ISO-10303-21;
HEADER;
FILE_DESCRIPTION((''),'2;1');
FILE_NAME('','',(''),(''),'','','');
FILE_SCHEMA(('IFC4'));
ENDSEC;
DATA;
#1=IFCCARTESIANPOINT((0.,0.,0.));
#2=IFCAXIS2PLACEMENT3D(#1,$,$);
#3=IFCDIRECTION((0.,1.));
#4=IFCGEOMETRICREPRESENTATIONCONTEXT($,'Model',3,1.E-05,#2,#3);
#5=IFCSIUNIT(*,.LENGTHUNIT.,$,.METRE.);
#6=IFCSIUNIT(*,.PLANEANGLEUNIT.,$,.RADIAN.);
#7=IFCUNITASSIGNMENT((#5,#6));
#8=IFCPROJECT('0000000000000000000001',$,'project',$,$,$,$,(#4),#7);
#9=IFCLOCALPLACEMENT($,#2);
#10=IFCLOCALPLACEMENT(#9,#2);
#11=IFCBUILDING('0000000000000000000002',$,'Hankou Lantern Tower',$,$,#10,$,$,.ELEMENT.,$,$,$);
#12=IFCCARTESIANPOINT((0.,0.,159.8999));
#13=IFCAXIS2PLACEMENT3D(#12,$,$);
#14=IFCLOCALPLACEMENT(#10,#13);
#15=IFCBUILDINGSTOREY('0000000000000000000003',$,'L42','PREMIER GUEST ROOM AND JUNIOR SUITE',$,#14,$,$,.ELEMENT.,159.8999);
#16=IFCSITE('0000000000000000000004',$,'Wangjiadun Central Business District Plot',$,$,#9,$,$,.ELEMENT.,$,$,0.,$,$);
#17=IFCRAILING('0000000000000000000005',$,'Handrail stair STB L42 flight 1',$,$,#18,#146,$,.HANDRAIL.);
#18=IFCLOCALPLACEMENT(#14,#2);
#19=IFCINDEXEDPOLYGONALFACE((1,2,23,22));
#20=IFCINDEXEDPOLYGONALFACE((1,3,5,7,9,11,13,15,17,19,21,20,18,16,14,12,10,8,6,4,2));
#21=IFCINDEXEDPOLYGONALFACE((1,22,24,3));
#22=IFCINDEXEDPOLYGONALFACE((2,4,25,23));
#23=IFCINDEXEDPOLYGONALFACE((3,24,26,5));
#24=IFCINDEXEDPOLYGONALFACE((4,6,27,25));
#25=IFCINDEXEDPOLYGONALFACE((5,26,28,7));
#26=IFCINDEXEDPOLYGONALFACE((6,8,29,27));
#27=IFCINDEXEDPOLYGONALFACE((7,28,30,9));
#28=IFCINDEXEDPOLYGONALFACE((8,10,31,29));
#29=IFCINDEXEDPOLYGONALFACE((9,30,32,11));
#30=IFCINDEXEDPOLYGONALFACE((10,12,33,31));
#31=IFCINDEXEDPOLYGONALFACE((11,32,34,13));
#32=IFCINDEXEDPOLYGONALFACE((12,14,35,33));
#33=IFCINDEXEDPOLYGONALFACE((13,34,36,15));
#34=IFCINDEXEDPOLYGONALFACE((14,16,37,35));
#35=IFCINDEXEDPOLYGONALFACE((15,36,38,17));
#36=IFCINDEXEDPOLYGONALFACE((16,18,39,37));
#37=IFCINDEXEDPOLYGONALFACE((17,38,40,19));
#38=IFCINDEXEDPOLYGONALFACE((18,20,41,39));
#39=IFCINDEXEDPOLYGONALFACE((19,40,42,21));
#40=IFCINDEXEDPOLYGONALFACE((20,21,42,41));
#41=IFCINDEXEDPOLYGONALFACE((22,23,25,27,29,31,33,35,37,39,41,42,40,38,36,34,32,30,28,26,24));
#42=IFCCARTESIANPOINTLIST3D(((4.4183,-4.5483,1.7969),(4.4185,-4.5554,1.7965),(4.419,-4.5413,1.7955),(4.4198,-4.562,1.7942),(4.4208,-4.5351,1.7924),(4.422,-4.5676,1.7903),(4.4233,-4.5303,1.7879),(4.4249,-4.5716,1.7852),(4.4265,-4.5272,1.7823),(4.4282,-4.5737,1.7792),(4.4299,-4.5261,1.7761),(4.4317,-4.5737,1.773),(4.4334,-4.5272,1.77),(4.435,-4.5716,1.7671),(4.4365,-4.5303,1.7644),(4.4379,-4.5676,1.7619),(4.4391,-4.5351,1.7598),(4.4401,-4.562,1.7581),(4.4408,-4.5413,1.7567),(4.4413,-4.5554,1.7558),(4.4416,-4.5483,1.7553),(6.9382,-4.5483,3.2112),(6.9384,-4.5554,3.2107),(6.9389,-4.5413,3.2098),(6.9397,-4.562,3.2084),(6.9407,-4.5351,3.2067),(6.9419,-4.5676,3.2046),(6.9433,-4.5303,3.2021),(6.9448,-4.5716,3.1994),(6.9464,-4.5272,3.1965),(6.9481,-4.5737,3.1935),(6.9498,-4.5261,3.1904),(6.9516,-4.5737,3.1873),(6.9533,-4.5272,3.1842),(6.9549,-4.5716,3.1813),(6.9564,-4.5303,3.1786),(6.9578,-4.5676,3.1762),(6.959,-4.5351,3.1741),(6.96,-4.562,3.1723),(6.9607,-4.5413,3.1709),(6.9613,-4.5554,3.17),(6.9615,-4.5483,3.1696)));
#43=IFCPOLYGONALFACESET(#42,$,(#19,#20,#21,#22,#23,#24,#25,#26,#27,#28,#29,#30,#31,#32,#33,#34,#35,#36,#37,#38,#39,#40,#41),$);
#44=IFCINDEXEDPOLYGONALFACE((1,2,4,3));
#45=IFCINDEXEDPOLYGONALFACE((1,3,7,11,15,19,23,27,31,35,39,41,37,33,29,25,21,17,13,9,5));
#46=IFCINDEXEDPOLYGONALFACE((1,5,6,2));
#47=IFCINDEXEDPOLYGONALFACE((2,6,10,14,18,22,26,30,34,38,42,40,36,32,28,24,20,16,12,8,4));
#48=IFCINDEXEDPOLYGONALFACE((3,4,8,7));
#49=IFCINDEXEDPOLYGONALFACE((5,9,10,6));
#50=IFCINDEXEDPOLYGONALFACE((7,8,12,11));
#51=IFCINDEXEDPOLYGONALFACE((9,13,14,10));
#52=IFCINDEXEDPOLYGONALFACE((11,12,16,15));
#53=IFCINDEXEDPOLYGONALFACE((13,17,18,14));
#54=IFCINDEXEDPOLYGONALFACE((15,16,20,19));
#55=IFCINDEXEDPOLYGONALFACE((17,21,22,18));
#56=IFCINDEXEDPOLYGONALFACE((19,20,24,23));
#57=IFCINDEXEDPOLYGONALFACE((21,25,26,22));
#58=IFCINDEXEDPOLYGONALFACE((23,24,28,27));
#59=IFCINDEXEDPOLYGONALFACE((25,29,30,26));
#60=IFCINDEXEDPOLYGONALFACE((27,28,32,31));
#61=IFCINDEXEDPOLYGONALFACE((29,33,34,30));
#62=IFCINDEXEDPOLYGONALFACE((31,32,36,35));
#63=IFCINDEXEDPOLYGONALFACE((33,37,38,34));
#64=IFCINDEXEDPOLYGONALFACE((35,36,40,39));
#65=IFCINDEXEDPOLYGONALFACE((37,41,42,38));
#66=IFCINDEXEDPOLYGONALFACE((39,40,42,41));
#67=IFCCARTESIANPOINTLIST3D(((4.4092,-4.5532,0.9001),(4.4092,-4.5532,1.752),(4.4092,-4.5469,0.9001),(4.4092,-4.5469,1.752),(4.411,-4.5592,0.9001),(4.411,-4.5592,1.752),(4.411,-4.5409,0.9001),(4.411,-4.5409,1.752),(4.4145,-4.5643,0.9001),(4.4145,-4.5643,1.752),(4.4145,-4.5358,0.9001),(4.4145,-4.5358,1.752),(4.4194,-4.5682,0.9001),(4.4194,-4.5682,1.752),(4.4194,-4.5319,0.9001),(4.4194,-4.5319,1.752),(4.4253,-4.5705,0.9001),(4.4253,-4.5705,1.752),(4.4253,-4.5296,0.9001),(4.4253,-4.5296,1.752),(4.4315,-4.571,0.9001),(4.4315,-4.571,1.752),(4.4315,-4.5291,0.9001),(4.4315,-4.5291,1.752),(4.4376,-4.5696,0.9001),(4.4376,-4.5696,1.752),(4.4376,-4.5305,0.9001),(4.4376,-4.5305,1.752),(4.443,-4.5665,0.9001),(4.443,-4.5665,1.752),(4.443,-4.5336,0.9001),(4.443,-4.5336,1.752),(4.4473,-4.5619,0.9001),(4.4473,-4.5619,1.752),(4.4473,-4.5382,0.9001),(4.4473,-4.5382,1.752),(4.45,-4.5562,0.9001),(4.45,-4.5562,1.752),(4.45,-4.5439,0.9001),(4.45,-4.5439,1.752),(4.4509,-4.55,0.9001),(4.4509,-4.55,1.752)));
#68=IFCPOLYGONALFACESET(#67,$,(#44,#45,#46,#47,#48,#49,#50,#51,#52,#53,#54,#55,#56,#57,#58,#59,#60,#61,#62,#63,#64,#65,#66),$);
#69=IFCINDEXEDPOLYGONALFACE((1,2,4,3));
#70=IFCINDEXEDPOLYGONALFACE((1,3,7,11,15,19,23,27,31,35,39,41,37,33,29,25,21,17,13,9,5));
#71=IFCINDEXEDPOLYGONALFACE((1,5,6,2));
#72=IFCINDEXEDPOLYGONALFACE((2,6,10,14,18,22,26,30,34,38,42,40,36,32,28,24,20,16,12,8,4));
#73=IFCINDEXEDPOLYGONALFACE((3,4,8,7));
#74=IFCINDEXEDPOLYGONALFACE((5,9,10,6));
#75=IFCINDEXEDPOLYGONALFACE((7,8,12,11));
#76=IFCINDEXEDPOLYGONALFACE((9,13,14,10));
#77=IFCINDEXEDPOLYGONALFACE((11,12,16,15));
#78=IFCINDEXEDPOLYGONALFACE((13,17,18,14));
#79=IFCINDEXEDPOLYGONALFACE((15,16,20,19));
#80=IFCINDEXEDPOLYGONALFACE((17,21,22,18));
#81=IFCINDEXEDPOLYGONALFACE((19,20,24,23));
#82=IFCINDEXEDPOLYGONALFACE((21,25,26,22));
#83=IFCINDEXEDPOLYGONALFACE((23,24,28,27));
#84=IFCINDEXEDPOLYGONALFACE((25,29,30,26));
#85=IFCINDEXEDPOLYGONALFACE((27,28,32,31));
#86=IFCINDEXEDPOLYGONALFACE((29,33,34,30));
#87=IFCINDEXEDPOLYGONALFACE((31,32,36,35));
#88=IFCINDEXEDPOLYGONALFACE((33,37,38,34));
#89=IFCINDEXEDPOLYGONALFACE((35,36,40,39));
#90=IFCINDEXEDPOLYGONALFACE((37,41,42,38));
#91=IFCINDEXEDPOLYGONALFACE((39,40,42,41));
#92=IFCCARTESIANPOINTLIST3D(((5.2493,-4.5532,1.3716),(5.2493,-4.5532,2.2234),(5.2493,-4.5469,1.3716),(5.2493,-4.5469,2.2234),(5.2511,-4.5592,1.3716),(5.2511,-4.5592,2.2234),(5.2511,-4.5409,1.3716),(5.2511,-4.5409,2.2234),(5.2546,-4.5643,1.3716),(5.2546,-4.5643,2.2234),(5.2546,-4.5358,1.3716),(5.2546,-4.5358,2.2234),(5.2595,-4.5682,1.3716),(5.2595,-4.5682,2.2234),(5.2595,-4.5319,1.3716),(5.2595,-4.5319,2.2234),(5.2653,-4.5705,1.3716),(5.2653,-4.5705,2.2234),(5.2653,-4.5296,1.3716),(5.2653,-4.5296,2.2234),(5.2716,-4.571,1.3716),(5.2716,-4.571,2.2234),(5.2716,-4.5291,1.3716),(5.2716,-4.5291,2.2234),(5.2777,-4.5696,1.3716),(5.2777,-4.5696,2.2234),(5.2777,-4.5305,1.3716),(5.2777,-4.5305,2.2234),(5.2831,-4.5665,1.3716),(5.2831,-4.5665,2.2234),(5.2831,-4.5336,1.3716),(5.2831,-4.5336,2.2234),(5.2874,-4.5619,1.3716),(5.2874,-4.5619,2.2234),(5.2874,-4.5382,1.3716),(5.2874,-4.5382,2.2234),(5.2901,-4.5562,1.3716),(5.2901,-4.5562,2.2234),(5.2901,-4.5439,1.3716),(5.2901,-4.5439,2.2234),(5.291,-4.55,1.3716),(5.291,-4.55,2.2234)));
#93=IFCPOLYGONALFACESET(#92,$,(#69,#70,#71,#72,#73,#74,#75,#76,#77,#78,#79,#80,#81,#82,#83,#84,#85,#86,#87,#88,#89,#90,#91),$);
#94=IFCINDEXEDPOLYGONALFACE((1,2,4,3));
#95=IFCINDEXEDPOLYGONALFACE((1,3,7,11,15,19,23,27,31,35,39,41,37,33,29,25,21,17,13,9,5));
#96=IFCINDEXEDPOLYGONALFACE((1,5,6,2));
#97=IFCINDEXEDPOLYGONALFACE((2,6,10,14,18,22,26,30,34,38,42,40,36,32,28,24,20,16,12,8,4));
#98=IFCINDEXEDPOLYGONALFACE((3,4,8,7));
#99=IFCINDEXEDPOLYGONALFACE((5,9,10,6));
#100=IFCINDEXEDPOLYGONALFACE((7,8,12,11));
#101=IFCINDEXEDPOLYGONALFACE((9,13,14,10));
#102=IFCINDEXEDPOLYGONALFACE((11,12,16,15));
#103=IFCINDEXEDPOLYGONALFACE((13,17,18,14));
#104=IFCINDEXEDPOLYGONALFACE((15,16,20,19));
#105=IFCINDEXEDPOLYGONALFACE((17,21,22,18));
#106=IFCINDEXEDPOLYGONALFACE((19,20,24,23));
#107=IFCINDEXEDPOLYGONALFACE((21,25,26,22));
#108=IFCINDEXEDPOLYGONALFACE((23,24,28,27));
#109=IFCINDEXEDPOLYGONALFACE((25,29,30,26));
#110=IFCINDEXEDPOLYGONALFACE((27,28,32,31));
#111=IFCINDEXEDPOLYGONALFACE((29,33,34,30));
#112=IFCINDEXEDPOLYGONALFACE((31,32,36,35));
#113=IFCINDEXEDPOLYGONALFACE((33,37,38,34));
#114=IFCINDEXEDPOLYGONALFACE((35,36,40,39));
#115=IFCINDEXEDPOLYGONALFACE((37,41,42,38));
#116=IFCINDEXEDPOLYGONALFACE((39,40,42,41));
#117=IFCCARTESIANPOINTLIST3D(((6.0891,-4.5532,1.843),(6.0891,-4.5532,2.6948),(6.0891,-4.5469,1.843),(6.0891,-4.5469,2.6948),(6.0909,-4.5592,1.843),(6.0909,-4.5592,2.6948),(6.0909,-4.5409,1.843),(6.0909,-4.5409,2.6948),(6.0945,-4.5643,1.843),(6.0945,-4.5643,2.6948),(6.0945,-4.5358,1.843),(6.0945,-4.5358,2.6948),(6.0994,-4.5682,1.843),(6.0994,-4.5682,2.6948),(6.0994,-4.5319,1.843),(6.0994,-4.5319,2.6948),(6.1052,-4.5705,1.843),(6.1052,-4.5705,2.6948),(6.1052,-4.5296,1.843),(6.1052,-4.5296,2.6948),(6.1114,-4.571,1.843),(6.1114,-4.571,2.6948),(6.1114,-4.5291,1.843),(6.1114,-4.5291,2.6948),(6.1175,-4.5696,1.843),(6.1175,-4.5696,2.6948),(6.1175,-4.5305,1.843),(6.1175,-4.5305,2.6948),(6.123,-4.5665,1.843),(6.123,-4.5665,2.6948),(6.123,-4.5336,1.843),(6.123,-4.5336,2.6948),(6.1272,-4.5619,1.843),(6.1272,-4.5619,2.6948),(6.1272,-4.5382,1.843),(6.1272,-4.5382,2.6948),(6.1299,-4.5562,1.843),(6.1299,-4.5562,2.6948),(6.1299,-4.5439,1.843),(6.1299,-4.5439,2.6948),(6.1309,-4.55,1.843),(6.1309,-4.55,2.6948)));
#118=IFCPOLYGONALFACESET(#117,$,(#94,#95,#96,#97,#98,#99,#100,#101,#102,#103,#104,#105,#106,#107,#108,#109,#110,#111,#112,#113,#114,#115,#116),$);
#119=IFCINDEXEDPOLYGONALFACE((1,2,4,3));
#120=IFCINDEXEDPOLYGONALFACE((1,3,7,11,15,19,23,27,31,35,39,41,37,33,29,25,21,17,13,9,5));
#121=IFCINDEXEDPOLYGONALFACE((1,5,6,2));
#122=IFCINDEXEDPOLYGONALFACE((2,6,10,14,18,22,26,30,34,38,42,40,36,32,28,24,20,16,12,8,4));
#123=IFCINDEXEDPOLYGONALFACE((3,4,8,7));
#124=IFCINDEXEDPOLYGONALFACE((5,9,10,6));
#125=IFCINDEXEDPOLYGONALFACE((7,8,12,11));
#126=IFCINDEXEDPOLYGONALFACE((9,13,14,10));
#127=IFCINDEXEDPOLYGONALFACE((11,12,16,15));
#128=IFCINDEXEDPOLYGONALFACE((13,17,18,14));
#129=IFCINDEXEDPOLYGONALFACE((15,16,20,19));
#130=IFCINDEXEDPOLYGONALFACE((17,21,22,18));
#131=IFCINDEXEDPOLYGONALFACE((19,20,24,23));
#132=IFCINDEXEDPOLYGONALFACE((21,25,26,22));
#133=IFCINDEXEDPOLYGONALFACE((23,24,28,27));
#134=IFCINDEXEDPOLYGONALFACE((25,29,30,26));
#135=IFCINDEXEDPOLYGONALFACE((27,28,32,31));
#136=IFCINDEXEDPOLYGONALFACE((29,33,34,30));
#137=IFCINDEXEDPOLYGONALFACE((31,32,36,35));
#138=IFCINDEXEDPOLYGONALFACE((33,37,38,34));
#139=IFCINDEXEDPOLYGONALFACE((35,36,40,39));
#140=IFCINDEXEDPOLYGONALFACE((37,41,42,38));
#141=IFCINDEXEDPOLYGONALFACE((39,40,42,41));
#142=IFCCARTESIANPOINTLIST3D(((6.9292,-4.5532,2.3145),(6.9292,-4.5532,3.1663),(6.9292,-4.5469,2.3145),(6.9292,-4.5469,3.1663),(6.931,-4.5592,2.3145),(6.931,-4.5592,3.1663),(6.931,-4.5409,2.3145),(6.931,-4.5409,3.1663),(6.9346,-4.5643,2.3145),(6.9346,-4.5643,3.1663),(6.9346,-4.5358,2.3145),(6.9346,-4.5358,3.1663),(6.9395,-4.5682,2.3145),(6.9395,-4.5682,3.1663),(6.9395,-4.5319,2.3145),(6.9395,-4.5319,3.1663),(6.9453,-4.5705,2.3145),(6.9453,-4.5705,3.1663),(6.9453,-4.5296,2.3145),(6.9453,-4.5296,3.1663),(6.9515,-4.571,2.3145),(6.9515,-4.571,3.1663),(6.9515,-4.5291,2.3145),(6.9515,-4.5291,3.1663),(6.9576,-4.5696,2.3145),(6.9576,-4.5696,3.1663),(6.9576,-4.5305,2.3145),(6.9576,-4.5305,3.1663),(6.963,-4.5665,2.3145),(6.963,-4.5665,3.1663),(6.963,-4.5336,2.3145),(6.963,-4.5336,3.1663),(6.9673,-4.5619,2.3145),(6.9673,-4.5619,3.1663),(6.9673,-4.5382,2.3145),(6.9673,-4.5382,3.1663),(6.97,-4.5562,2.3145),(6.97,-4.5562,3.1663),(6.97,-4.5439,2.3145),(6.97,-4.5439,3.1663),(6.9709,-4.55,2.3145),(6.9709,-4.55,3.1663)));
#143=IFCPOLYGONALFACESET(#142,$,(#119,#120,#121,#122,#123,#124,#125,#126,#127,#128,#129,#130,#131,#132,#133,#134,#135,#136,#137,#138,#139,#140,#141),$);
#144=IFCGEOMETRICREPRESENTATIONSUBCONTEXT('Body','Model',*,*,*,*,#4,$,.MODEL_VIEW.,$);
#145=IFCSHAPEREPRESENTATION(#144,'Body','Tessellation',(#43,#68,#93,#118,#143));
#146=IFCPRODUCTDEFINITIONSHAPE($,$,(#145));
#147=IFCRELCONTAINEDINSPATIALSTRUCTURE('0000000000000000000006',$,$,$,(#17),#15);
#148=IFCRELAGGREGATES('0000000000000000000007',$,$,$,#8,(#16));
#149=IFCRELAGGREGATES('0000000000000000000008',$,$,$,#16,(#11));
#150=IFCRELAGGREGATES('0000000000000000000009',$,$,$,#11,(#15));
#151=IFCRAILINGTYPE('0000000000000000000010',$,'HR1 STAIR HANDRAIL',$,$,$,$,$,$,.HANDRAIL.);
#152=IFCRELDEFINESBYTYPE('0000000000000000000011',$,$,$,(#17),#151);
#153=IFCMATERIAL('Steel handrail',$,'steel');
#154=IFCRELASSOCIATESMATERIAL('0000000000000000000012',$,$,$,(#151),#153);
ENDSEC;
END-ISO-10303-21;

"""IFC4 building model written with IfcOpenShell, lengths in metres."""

from ifc_helpers import new_model, si_unit, direction, frame, origin, origin_2d, place, context, subcontext, project, spatial, circle, extrude, material, type_object, element, save


model = new_model("IFC4")

# Units and contexts
model_context = context("Model", 3, precision=1e-05, world=origin(), true_north=direction((0.0, 1.0)))
body_context = subcontext(model_context, "Body", "Model", "MODEL_VIEW")
ifc_project = project(units=[si_unit("LENGTHUNIT", "METRE"), si_unit("PLANEANGLEUNIT", "RADIAN")], contexts=[model_context])

# Site, building, storey
site_placement = place(None, origin())
site = spatial("IfcSite", under=ifc_project, at=site_placement, Name="Wangjiadun Central Business District Plot", CompositionType="ELEMENT", RefElevation=0.0)
building_placement = place(site_placement, origin())
building = spatial("IfcBuilding", under=site, at=building_placement, Name="Hankou Lantern Tower", CompositionType="ELEMENT")
storey_placement = place(building_placement, frame((0.0, 0.0, 159.8999)))
storey = spatial("IfcBuildingStorey", under=building, at=storey_placement, Name="L42", Description="PREMIER GUEST ROOM AND JUNIOR SUITE", CompositionType="ELEMENT", Elevation=159.8999)

# Railing
ifc_material_1 = material(Name="Steel handrail", Category="steel")
railing_type = type_object("IfcRailingType", Name="HR1 STAIR HANDRAIL", PredefinedType="HANDRAIL", material=ifc_material_1)
railing_1_placement = place(storey_placement, frame((4.4299, -4.55, 0.9001)))
element("IfcRailing", 1, at=railing_1_placement, inside=storey, type_object=railing_type, Name="Handrail stair STB L42 flight 1", PredefinedType="HANDRAIL", context=body_context, shape_type="SweptSolid", body=[
    extrude(circle(Radius=0.0239, at=origin_2d()), frame((0.0, 0.0, 0.876), z_axis=(0.872049, 0.0, 0.489419), x_axis=(0.0, 1.0, 0.0)), (0.0, 0.0, 1.0), 2.8896),
    extrude(circle(Radius=0.021, at=origin_2d()), origin(), (0.0, 0.0, 1.0), 0.8518),
    extrude(circle(Radius=0.021, at=origin_2d()), frame((0.8401, 0.0, 0.4714)), (0.0, 0.0, 1.0), 0.8518),
    extrude(circle(Radius=0.021, at=origin_2d()), frame((1.6799, 0.0, 0.9429)), (0.0, 0.0, 1.0), 0.8518),
    extrude(circle(Radius=0.021, at=origin_2d()), frame((2.52, 0.0, 1.4143)), (0.0, 0.0, 1.0), 0.8518),
])

save(model, "model.ifc")
